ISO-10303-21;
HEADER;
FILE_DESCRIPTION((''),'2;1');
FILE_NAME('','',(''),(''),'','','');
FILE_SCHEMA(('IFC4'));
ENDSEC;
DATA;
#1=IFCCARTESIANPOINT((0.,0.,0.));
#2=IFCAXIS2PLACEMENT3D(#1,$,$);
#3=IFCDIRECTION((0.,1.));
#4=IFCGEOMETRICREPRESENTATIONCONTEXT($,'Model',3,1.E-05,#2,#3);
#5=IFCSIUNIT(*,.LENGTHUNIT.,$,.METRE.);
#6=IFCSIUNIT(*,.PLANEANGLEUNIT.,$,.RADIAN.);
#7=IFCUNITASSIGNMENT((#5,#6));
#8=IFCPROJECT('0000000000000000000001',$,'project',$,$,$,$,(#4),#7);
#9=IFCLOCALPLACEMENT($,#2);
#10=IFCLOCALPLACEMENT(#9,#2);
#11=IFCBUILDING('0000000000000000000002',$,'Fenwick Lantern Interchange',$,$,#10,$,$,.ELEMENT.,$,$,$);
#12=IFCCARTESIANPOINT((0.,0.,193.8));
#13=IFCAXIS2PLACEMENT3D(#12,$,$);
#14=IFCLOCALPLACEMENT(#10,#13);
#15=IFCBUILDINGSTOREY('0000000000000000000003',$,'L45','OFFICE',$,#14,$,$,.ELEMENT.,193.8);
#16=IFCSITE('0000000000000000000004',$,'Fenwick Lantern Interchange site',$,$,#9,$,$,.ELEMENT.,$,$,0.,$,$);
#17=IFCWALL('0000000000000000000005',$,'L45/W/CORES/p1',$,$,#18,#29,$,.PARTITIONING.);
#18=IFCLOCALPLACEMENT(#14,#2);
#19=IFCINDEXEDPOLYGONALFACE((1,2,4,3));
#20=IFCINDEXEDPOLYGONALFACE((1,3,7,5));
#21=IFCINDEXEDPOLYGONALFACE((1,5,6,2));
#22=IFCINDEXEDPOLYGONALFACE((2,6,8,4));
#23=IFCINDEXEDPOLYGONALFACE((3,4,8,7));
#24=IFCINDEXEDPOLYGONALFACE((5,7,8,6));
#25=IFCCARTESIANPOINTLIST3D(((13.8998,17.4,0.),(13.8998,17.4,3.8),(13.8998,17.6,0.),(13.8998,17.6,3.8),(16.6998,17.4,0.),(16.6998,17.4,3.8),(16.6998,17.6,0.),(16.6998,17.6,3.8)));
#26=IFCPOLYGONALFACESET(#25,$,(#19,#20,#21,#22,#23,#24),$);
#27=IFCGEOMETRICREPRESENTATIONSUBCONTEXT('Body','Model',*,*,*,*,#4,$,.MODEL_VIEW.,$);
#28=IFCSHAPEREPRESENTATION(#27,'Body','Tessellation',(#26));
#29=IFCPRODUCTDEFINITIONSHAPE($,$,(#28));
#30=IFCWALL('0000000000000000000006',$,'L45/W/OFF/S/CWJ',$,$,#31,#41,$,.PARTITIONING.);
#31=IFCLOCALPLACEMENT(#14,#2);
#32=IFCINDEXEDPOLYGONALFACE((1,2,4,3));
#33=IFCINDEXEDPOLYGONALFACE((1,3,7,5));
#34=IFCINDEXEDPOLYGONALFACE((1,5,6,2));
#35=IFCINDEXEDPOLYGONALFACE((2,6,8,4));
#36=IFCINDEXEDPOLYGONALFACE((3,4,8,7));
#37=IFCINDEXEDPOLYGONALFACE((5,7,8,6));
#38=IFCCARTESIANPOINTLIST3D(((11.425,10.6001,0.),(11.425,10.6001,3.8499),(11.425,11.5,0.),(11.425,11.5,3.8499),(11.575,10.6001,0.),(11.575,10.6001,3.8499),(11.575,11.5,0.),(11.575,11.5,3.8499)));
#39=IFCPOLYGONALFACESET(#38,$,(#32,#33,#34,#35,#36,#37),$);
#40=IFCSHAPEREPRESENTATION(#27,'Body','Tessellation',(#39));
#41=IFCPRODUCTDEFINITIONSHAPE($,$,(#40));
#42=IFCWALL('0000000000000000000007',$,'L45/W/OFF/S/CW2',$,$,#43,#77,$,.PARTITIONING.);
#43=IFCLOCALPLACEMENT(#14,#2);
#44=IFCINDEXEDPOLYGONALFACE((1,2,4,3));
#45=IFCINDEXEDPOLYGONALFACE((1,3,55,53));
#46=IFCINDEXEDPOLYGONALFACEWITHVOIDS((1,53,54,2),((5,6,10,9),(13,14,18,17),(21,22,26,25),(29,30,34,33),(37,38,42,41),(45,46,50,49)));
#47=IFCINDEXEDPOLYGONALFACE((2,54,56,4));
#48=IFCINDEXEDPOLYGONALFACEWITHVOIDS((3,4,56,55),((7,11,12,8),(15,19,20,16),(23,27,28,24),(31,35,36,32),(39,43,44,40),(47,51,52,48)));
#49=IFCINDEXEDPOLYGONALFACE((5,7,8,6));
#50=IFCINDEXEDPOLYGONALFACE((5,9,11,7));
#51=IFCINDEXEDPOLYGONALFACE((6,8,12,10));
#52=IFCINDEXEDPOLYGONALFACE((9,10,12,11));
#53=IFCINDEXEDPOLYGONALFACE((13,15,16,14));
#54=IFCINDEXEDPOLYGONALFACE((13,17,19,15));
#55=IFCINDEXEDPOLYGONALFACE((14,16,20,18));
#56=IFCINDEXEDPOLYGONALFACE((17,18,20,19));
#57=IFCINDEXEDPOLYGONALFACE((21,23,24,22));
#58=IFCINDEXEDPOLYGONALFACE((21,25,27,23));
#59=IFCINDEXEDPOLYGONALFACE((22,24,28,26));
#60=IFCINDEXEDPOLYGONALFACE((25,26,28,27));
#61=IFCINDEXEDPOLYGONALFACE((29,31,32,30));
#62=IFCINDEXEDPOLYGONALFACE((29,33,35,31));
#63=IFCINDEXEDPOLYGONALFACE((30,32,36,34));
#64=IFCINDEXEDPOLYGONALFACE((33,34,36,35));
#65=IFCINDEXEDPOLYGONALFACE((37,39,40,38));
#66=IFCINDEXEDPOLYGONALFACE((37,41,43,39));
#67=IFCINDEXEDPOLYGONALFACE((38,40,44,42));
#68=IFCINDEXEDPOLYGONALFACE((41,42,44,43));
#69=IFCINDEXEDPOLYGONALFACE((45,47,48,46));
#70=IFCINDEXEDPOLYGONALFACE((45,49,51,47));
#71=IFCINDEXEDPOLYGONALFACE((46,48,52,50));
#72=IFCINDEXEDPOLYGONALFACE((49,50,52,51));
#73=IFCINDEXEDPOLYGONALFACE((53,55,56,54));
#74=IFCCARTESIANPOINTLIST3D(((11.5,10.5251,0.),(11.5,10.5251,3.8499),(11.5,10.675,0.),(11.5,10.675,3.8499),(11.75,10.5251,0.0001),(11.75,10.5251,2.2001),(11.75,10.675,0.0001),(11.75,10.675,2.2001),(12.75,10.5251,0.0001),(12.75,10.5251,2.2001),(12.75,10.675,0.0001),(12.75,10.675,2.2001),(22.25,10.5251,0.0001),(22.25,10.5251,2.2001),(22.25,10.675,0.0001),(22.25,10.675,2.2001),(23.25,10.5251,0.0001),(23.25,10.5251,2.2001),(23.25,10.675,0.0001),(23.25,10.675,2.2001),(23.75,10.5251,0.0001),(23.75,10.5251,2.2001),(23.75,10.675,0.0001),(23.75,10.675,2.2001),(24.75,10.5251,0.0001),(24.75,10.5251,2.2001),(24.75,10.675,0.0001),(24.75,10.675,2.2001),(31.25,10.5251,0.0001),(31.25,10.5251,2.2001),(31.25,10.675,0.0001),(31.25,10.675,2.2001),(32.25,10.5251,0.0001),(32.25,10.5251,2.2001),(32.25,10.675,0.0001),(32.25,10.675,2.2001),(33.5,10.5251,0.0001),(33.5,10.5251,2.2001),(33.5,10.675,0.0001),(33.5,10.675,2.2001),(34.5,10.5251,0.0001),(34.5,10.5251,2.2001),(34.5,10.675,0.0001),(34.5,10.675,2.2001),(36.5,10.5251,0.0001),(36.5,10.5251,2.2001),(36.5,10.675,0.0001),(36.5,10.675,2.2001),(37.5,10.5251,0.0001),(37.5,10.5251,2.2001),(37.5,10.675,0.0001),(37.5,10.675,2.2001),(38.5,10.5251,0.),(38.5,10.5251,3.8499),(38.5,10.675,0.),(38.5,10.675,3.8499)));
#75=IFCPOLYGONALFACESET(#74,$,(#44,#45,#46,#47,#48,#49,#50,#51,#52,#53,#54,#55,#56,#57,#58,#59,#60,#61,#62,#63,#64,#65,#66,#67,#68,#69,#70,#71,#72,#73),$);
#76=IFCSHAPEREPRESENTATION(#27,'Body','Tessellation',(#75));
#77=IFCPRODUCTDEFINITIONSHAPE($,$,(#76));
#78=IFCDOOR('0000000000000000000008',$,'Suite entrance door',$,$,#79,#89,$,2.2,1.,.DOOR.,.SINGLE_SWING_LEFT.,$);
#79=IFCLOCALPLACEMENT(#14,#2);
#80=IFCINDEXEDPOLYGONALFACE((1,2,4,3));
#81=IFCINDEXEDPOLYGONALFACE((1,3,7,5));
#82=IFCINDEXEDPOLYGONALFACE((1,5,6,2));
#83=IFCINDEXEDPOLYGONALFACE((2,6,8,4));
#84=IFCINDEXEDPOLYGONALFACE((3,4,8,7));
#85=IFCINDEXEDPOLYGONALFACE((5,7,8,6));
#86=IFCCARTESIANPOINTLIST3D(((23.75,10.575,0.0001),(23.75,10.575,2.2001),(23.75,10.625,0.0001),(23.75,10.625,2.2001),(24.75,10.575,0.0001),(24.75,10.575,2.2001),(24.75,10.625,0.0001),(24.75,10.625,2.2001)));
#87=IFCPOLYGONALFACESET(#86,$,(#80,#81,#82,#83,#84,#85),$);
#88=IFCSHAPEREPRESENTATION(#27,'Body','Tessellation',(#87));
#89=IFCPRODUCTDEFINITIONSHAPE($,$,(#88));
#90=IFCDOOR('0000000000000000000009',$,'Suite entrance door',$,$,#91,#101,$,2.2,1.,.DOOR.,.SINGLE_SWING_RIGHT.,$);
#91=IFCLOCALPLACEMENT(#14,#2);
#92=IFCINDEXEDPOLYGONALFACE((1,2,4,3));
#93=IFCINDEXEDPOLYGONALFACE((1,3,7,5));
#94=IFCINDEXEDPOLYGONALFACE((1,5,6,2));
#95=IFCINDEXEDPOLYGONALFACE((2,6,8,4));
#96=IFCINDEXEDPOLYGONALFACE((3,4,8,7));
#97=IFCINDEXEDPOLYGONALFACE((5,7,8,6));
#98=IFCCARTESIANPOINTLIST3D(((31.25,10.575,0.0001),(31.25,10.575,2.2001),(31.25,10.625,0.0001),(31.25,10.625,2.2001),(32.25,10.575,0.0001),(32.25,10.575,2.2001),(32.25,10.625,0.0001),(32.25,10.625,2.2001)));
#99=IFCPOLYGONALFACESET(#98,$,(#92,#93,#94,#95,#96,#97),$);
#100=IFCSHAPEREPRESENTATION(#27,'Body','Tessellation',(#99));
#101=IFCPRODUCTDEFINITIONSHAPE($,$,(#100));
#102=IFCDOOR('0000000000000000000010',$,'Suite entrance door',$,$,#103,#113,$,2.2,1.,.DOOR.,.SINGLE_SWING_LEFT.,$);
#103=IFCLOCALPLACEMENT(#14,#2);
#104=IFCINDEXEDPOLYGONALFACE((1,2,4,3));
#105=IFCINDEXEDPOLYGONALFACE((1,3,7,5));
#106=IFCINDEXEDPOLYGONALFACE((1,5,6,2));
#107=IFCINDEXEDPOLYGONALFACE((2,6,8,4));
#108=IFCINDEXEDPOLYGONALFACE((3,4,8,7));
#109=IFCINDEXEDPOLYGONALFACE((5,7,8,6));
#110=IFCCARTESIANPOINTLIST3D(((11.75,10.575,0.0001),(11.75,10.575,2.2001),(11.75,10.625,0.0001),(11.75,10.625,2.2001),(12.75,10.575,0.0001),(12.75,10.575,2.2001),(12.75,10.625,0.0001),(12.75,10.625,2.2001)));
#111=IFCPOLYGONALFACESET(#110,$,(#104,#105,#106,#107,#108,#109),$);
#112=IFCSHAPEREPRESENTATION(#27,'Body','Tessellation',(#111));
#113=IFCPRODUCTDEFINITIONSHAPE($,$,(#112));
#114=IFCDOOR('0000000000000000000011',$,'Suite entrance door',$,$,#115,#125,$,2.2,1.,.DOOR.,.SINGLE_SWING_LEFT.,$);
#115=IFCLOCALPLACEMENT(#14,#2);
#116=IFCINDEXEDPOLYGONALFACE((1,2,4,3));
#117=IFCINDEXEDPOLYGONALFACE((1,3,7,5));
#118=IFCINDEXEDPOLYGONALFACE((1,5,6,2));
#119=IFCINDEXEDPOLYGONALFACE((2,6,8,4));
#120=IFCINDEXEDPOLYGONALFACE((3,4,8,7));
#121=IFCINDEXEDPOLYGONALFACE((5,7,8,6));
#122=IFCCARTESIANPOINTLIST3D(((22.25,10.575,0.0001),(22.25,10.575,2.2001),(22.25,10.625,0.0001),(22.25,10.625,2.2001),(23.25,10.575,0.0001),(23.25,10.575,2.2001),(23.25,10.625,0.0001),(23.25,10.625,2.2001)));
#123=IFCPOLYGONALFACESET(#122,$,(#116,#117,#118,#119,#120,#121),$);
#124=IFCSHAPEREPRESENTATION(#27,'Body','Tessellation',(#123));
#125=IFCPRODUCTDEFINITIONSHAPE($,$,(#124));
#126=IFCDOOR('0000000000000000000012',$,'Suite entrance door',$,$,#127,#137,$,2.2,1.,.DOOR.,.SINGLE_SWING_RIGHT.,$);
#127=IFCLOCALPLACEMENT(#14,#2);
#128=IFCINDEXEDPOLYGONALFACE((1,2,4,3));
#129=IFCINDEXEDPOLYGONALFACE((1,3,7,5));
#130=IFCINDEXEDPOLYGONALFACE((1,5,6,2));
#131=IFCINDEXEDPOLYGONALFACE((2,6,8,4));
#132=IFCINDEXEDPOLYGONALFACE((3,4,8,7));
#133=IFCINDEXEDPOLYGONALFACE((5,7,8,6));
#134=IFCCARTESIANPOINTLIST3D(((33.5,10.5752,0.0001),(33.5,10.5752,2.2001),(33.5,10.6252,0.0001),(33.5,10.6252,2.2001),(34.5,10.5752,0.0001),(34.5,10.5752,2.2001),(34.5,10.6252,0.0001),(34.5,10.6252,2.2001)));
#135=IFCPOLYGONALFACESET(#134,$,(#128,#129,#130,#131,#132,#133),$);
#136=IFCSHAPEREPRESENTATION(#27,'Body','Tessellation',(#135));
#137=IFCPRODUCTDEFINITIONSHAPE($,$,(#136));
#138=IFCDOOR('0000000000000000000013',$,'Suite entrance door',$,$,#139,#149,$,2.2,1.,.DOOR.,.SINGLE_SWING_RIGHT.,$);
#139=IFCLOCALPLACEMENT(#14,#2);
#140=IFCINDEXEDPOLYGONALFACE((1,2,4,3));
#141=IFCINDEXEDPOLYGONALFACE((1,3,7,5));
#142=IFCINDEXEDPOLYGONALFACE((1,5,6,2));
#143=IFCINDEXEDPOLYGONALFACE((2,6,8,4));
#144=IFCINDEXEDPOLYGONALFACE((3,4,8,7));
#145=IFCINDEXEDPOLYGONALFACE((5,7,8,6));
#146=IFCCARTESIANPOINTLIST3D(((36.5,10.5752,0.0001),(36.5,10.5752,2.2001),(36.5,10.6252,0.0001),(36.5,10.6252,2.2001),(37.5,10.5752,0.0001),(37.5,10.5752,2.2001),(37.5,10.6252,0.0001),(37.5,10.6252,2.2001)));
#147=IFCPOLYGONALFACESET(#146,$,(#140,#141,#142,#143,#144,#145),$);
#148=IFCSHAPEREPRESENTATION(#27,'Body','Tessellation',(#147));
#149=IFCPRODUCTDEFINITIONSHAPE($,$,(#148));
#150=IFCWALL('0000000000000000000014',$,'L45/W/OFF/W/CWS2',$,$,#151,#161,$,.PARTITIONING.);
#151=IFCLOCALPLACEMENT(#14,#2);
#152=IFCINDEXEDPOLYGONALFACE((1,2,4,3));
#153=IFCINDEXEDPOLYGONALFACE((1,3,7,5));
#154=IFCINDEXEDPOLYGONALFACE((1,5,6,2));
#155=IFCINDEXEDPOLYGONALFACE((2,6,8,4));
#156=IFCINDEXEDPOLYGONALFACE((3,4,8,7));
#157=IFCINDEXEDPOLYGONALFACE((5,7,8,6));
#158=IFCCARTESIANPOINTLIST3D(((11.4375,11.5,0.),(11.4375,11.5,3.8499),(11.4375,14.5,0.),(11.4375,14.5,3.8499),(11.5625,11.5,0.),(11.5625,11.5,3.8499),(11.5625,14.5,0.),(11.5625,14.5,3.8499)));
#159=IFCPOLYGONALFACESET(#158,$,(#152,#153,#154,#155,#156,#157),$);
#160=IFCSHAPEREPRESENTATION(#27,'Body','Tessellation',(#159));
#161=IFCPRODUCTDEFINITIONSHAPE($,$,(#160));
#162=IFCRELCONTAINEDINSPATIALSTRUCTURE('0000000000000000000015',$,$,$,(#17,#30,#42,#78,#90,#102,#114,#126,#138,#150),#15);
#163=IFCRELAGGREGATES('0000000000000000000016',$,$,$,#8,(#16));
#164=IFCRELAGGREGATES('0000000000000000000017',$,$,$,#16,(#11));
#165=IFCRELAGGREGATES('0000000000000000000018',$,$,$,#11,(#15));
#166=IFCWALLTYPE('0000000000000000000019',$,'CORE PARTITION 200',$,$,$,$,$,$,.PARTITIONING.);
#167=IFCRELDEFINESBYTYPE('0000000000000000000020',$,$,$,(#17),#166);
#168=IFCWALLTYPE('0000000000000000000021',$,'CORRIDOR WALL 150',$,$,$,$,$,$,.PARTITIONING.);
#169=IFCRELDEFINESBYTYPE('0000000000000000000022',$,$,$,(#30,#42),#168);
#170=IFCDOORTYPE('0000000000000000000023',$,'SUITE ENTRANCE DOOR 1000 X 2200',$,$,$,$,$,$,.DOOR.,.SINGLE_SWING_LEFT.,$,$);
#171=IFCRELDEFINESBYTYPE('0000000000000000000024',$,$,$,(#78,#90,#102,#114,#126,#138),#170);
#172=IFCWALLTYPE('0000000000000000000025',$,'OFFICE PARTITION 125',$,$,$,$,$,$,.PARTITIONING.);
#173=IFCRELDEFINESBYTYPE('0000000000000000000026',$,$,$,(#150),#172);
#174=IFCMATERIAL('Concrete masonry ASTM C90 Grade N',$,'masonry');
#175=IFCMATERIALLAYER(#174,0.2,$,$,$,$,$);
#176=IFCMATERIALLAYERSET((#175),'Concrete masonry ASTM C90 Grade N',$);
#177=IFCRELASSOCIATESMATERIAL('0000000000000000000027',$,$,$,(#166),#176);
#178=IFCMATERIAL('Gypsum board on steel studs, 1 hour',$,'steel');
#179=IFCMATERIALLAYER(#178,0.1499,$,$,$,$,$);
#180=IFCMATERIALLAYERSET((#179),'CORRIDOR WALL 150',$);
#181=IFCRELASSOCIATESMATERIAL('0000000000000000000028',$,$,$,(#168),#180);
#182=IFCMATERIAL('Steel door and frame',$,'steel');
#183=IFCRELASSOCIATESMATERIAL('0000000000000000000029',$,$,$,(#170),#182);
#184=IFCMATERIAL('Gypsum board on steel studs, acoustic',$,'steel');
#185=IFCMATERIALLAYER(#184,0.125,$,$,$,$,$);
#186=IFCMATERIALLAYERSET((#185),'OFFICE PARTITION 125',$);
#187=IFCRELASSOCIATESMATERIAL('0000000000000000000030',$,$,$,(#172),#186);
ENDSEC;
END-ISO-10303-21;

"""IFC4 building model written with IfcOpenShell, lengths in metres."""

from ifc_helpers import new_model, si_unit, direction, frame, frame_2d, origin, place, context, subcontext, project, spatial, rectangle, extrude, material, layer, layer_set, type_object, element, fill, save


model = new_model("IFC4")

# Units and contexts
model_context = context("Model", 3, precision=1e-05, world=origin(), true_north=direction((0.0, 1.0)))
body_context = subcontext(model_context, "Body", "Model", "MODEL_VIEW")
ifc_project = project(units=[si_unit("LENGTHUNIT", "METRE"), si_unit("PLANEANGLEUNIT", "RADIAN")], contexts=[model_context])

# Site, building, storey
site_placement = place(None, origin())
site = spatial("IfcSite", under=ifc_project, at=site_placement, Name="Fenwick Lantern Interchange site", CompositionType="ELEMENT", RefElevation=0.0)
building_placement = place(site_placement, origin())
building = spatial("IfcBuilding", under=site, at=building_placement, Name="Fenwick Lantern Interchange", CompositionType="ELEMENT")
storey_placement = place(building_placement, frame((0.0, 0.0, 193.8)))
storey = spatial("IfcBuildingStorey", under=building, at=storey_placement, Name="L45", Description="OFFICE", CompositionType="ELEMENT", Elevation=193.8)

# Wall
ifc_material_1 = material(Name="Concrete masonry ASTM C90 Grade N", Category="masonry")
ifc_layer_1 = layer(ifc_material_1, 0.2)
ifc_layer_set_1 = layer_set([ifc_layer_1], Name="Concrete masonry ASTM C90 Grade N")
wall_type_1 = type_object("IfcWallType", Name="CORE PARTITION 200", PredefinedType="PARTITIONING", material=ifc_layer_set_1)
wall_1_placement = place(storey_placement, frame((13.8999, 17.5, 0.0), z_axis=(0.0, 0.0, 1.0), x_axis=(1.0, 0.0, 0.0)))
element("IfcWall", 1, at=wall_1_placement, inside=storey, type_object=wall_type_1, Name="L45/W/CORES/p1", PredefinedType="PARTITIONING", context=body_context, shape_type="SweptSolid", body=[
    extrude(rectangle(XDim=2.8, YDim=0.2, at=frame_2d((1.3999, 0.0))), origin(), (0.0, 0.0, 1.0), 3.8),
])

# Shared definitions
ifc_material_2 = material(Name="Steel door and frame", Category="steel")

# Wall
ifc_material_3 = material(Name="Gypsum board on steel studs, 1 hour", Category="steel")
ifc_layer_2 = layer(ifc_material_3, 0.1499)
ifc_layer_set_2 = layer_set([ifc_layer_2], Name="CORRIDOR WALL 150")
wall_type_2 = type_object("IfcWallType", Name="CORRIDOR WALL 150", PredefinedType="PARTITIONING", material=ifc_layer_set_2)
wall_2_placement = place(storey_placement, frame((11.5, 11.5, 0.0), z_axis=(0.0, 0.0, 1.0), x_axis=(0.0, -1.0, 0.0)))
element("IfcWall", 2, at=wall_2_placement, inside=storey, type_object=wall_type_2, Name="L45/W/OFF/S/CWJ", PredefinedType="PARTITIONING", context=body_context, shape_type="SweptSolid", body=[
    extrude(rectangle(XDim=0.8999, YDim=0.1499, at=frame_2d((0.45, 0.0))), origin(), (0.0, 0.0, 1.0), 3.8499),
])

# Wall, openings, doors
wall_3_placement = place(storey_placement, frame((11.5, 10.6001, 0.0), z_axis=(0.0, 0.0, 1.0), x_axis=(1.0, 0.0, 0.0)))
wall_3 = element("IfcWall", 3, at=wall_3_placement, inside=storey, type_object=wall_type_2, Name="L45/W/OFF/S/CW2", PredefinedType="PARTITIONING", context=body_context, shape_type="SweptSolid", body=[
    extrude(rectangle(XDim=27.0, YDim=0.1499, at=frame_2d((13.5, 0.0))), origin(), (0.0, 0.0, 1.0), 3.8499),
])
opening_1_placement = place(wall_3_placement, frame((12.25, 0.0, 0.0)))
opening_1 = element("IfcOpeningElement", 4, at=opening_1_placement, cuts=wall_3, PredefinedType="OPENING", context=body_context, shape_type="SweptSolid", body=[
    extrude(rectangle(XDim=1.0, YDim=2.2, at=frame_2d((0.5, 1.1001))), frame((0.0, 0.085, 0.0), z_axis=(0.0, -1.0, 0.0), x_axis=(1.0, 0.0, 0.0)), (0.0, 0.0, 1.0), 0.1699),
])
opening_2_placement = place(wall_3_placement, frame((19.75, 0.0, 0.0)))
opening_2 = element("IfcOpeningElement", 5, at=opening_2_placement, cuts=wall_3, PredefinedType="OPENING", context=body_context, shape_type="SweptSolid", body=[
    extrude(rectangle(XDim=1.0, YDim=2.2, at=frame_2d((0.5, 1.1001))), frame((0.0, 0.085, 0.0), z_axis=(0.0, -1.0, 0.0), x_axis=(1.0, 0.0, 0.0)), (0.0, 0.0, 1.0), 0.1699),
])
opening_3_placement = place(wall_3_placement, frame((0.25, 0.0, 0.0)))
opening_3 = element("IfcOpeningElement", 6, at=opening_3_placement, cuts=wall_3, PredefinedType="OPENING", context=body_context, shape_type="SweptSolid", body=[
    extrude(rectangle(XDim=1.0, YDim=2.2, at=frame_2d((0.5, 1.1001))), frame((0.0, 0.085, 0.0), z_axis=(0.0, -1.0, 0.0), x_axis=(1.0, 0.0, 0.0)), (0.0, 0.0, 1.0), 0.1699),
])
opening_4_placement = place(wall_3_placement, frame((10.75, 0.0, 0.0)))
opening_4 = element("IfcOpeningElement", 7, at=opening_4_placement, cuts=wall_3, PredefinedType="OPENING", context=body_context, shape_type="SweptSolid", body=[
    extrude(rectangle(XDim=1.0, YDim=2.2, at=frame_2d((0.5, 1.1001))), frame((0.0, 0.085, 0.0), z_axis=(0.0, -1.0, 0.0), x_axis=(1.0, 0.0, 0.0)), (0.0, 0.0, 1.0), 0.1699),
])
opening_5_placement = place(wall_3_placement, frame((22.0, 0.0, 0.0)))
opening_5 = element("IfcOpeningElement", 8, at=opening_5_placement, cuts=wall_3, PredefinedType="OPENING", context=body_context, shape_type="SweptSolid", body=[
    extrude(rectangle(XDim=1.0, YDim=2.2, at=frame_2d((0.5, 1.1001))), frame((0.0, 0.085, 0.0), z_axis=(0.0, -1.0, 0.0), x_axis=(1.0, 0.0, 0.0)), (0.0, 0.0, 1.0), 0.1699),
])
opening_6_placement = place(wall_3_placement, frame((25.0, 0.0, 0.0)))
opening_6 = element("IfcOpeningElement", 9, at=opening_6_placement, cuts=wall_3, PredefinedType="OPENING", context=body_context, shape_type="SweptSolid", body=[
    extrude(rectangle(XDim=1.0, YDim=2.2, at=frame_2d((0.5, 1.1001))), frame((0.0, 0.085, 0.0), z_axis=(0.0, -1.0, 0.0), x_axis=(1.0, 0.0, 0.0)), (0.0, 0.0, 1.0), 0.1699),
])
door_type_1 = type_object("IfcDoorType", Name="SUITE ENTRANCE DOOR 1000 X 2200", OperationType="SINGLE_SWING_LEFT", PredefinedType="DOOR", material=ifc_material_2)
door_1_placement = place(opening_1_placement, origin())
door_1 = element("IfcDoor", 10, at=door_1_placement, inside=storey, type_object=door_type_1, Name="Suite entrance door", OperationType="SINGLE_SWING_LEFT", OverallHeight=2.2, OverallWidth=1.0, PredefinedType="DOOR", context=body_context, shape_type="SweptSolid", body=[
    extrude(rectangle(XDim=1.0, YDim=2.2, at=frame_2d((0.5, 1.1001))), frame((0.0, 0.0249, 0.0), z_axis=(0.0, -1.0, 0.0), x_axis=(1.0, 0.0, 0.0)), (0.0, 0.0, 1.0), 0.05),
])
fill(opening_1, door_1)
door_2_placement = place(opening_2_placement, origin())
door_2 = element("IfcDoor", 11, at=door_2_placement, inside=storey, type_object=door_type_1, Name="Suite entrance door", OperationType="SINGLE_SWING_RIGHT", OverallHeight=2.2, OverallWidth=1.0, PredefinedType="DOOR", context=body_context, shape_type="SweptSolid", body=[
    extrude(rectangle(XDim=1.0, YDim=2.2, at=frame_2d((0.5, 1.1001))), frame((0.0, 0.0249, 0.0), z_axis=(0.0, -1.0, 0.0), x_axis=(1.0, 0.0, 0.0)), (0.0, 0.0, 1.0), 0.05),
])
fill(opening_2, door_2)
door_3_placement = place(opening_3_placement, origin())
door_3 = element("IfcDoor", 12, at=door_3_placement, inside=storey, type_object=door_type_1, Name="Suite entrance door", OperationType="SINGLE_SWING_LEFT", OverallHeight=2.2, OverallWidth=1.0, PredefinedType="DOOR", context=body_context, shape_type="SweptSolid", body=[
    extrude(rectangle(XDim=1.0, YDim=2.2, at=frame_2d((0.5, 1.1001))), frame((0.0, 0.0249, 0.0), z_axis=(0.0, -1.0, 0.0), x_axis=(1.0, 0.0, 0.0)), (0.0, 0.0, 1.0), 0.05),
])
fill(opening_3, door_3)
door_4_placement = place(opening_4_placement, origin())
door_4 = element("IfcDoor", 13, at=door_4_placement, inside=storey, type_object=door_type_1, Name="Suite entrance door", OperationType="SINGLE_SWING_LEFT", OverallHeight=2.2, OverallWidth=1.0, PredefinedType="DOOR", context=body_context, shape_type="SweptSolid", body=[
    extrude(rectangle(XDim=1.0, YDim=2.2, at=frame_2d((0.5, 1.1001))), frame((0.0, 0.0249, 0.0), z_axis=(0.0, -1.0, 0.0), x_axis=(1.0, 0.0, 0.0)), (0.0, 0.0, 1.0), 0.05),
])
fill(opening_4, door_4)
door_5_placement = place(opening_5_placement, frame((1.0, 0.0, 0.0), z_axis=(0.0, 0.0, 1.0), x_axis=(-1.0, 0.0, 0.0)))
door_5 = element("IfcDoor", 14, at=door_5_placement, inside=storey, type_object=door_type_1, Name="Suite entrance door", OperationType="SINGLE_SWING_RIGHT", OverallHeight=2.2, OverallWidth=1.0, PredefinedType="DOOR", context=body_context, shape_type="SweptSolid", body=[
    extrude(rectangle(XDim=1.0, YDim=2.2, at=frame_2d((0.5, 1.1001))), frame((0.0, 0.0249, 0.0), z_axis=(0.0, -1.0, 0.0), x_axis=(1.0, 0.0, 0.0)), (0.0, 0.0, 1.0), 0.05),
])
fill(opening_5, door_5)
door_6_placement = place(opening_6_placement, frame((1.0, 0.0, 0.0), z_axis=(0.0, 0.0, 1.0), x_axis=(-1.0, 0.0, 0.0)))
door_6 = element("IfcDoor", 15, at=door_6_placement, inside=storey, type_object=door_type_1, Name="Suite entrance door", OperationType="SINGLE_SWING_RIGHT", OverallHeight=2.2, OverallWidth=1.0, PredefinedType="DOOR", context=body_context, shape_type="SweptSolid", body=[
    extrude(rectangle(XDim=1.0, YDim=2.2, at=frame_2d((0.5, 1.1001))), frame((0.0, 0.0249, 0.0), z_axis=(0.0, -1.0, 0.0), x_axis=(1.0, 0.0, 0.0)), (0.0, 0.0, 1.0), 0.05),
])
fill(opening_6, door_6)

# Wall
ifc_material_4 = material(Name="Gypsum board on steel studs, acoustic", Category="steel")
ifc_layer_3 = layer(ifc_material_4, 0.125)
ifc_layer_set_3 = layer_set([ifc_layer_3], Name="OFFICE PARTITION 125")
wall_type_3 = type_object("IfcWallType", Name="OFFICE PARTITION 125", PredefinedType="PARTITIONING", material=ifc_layer_set_3)
wall_4_placement = place(storey_placement, frame((11.5, 14.5, 0.0), z_axis=(0.0, 0.0, 1.0), x_axis=(0.0, -1.0, 0.0)))
element("IfcWall", 16, at=wall_4_placement, inside=storey, type_object=wall_type_3, Name="L45/W/OFF/W/CWS2", PredefinedType="PARTITIONING", context=body_context, shape_type="SweptSolid", body=[
    extrude(rectangle(XDim=3.0, YDim=0.125, at=frame_2d((1.5, 0.0))), origin(), (0.0, 0.0, 1.0), 3.8499),
])

save(model, "model.ifc")
